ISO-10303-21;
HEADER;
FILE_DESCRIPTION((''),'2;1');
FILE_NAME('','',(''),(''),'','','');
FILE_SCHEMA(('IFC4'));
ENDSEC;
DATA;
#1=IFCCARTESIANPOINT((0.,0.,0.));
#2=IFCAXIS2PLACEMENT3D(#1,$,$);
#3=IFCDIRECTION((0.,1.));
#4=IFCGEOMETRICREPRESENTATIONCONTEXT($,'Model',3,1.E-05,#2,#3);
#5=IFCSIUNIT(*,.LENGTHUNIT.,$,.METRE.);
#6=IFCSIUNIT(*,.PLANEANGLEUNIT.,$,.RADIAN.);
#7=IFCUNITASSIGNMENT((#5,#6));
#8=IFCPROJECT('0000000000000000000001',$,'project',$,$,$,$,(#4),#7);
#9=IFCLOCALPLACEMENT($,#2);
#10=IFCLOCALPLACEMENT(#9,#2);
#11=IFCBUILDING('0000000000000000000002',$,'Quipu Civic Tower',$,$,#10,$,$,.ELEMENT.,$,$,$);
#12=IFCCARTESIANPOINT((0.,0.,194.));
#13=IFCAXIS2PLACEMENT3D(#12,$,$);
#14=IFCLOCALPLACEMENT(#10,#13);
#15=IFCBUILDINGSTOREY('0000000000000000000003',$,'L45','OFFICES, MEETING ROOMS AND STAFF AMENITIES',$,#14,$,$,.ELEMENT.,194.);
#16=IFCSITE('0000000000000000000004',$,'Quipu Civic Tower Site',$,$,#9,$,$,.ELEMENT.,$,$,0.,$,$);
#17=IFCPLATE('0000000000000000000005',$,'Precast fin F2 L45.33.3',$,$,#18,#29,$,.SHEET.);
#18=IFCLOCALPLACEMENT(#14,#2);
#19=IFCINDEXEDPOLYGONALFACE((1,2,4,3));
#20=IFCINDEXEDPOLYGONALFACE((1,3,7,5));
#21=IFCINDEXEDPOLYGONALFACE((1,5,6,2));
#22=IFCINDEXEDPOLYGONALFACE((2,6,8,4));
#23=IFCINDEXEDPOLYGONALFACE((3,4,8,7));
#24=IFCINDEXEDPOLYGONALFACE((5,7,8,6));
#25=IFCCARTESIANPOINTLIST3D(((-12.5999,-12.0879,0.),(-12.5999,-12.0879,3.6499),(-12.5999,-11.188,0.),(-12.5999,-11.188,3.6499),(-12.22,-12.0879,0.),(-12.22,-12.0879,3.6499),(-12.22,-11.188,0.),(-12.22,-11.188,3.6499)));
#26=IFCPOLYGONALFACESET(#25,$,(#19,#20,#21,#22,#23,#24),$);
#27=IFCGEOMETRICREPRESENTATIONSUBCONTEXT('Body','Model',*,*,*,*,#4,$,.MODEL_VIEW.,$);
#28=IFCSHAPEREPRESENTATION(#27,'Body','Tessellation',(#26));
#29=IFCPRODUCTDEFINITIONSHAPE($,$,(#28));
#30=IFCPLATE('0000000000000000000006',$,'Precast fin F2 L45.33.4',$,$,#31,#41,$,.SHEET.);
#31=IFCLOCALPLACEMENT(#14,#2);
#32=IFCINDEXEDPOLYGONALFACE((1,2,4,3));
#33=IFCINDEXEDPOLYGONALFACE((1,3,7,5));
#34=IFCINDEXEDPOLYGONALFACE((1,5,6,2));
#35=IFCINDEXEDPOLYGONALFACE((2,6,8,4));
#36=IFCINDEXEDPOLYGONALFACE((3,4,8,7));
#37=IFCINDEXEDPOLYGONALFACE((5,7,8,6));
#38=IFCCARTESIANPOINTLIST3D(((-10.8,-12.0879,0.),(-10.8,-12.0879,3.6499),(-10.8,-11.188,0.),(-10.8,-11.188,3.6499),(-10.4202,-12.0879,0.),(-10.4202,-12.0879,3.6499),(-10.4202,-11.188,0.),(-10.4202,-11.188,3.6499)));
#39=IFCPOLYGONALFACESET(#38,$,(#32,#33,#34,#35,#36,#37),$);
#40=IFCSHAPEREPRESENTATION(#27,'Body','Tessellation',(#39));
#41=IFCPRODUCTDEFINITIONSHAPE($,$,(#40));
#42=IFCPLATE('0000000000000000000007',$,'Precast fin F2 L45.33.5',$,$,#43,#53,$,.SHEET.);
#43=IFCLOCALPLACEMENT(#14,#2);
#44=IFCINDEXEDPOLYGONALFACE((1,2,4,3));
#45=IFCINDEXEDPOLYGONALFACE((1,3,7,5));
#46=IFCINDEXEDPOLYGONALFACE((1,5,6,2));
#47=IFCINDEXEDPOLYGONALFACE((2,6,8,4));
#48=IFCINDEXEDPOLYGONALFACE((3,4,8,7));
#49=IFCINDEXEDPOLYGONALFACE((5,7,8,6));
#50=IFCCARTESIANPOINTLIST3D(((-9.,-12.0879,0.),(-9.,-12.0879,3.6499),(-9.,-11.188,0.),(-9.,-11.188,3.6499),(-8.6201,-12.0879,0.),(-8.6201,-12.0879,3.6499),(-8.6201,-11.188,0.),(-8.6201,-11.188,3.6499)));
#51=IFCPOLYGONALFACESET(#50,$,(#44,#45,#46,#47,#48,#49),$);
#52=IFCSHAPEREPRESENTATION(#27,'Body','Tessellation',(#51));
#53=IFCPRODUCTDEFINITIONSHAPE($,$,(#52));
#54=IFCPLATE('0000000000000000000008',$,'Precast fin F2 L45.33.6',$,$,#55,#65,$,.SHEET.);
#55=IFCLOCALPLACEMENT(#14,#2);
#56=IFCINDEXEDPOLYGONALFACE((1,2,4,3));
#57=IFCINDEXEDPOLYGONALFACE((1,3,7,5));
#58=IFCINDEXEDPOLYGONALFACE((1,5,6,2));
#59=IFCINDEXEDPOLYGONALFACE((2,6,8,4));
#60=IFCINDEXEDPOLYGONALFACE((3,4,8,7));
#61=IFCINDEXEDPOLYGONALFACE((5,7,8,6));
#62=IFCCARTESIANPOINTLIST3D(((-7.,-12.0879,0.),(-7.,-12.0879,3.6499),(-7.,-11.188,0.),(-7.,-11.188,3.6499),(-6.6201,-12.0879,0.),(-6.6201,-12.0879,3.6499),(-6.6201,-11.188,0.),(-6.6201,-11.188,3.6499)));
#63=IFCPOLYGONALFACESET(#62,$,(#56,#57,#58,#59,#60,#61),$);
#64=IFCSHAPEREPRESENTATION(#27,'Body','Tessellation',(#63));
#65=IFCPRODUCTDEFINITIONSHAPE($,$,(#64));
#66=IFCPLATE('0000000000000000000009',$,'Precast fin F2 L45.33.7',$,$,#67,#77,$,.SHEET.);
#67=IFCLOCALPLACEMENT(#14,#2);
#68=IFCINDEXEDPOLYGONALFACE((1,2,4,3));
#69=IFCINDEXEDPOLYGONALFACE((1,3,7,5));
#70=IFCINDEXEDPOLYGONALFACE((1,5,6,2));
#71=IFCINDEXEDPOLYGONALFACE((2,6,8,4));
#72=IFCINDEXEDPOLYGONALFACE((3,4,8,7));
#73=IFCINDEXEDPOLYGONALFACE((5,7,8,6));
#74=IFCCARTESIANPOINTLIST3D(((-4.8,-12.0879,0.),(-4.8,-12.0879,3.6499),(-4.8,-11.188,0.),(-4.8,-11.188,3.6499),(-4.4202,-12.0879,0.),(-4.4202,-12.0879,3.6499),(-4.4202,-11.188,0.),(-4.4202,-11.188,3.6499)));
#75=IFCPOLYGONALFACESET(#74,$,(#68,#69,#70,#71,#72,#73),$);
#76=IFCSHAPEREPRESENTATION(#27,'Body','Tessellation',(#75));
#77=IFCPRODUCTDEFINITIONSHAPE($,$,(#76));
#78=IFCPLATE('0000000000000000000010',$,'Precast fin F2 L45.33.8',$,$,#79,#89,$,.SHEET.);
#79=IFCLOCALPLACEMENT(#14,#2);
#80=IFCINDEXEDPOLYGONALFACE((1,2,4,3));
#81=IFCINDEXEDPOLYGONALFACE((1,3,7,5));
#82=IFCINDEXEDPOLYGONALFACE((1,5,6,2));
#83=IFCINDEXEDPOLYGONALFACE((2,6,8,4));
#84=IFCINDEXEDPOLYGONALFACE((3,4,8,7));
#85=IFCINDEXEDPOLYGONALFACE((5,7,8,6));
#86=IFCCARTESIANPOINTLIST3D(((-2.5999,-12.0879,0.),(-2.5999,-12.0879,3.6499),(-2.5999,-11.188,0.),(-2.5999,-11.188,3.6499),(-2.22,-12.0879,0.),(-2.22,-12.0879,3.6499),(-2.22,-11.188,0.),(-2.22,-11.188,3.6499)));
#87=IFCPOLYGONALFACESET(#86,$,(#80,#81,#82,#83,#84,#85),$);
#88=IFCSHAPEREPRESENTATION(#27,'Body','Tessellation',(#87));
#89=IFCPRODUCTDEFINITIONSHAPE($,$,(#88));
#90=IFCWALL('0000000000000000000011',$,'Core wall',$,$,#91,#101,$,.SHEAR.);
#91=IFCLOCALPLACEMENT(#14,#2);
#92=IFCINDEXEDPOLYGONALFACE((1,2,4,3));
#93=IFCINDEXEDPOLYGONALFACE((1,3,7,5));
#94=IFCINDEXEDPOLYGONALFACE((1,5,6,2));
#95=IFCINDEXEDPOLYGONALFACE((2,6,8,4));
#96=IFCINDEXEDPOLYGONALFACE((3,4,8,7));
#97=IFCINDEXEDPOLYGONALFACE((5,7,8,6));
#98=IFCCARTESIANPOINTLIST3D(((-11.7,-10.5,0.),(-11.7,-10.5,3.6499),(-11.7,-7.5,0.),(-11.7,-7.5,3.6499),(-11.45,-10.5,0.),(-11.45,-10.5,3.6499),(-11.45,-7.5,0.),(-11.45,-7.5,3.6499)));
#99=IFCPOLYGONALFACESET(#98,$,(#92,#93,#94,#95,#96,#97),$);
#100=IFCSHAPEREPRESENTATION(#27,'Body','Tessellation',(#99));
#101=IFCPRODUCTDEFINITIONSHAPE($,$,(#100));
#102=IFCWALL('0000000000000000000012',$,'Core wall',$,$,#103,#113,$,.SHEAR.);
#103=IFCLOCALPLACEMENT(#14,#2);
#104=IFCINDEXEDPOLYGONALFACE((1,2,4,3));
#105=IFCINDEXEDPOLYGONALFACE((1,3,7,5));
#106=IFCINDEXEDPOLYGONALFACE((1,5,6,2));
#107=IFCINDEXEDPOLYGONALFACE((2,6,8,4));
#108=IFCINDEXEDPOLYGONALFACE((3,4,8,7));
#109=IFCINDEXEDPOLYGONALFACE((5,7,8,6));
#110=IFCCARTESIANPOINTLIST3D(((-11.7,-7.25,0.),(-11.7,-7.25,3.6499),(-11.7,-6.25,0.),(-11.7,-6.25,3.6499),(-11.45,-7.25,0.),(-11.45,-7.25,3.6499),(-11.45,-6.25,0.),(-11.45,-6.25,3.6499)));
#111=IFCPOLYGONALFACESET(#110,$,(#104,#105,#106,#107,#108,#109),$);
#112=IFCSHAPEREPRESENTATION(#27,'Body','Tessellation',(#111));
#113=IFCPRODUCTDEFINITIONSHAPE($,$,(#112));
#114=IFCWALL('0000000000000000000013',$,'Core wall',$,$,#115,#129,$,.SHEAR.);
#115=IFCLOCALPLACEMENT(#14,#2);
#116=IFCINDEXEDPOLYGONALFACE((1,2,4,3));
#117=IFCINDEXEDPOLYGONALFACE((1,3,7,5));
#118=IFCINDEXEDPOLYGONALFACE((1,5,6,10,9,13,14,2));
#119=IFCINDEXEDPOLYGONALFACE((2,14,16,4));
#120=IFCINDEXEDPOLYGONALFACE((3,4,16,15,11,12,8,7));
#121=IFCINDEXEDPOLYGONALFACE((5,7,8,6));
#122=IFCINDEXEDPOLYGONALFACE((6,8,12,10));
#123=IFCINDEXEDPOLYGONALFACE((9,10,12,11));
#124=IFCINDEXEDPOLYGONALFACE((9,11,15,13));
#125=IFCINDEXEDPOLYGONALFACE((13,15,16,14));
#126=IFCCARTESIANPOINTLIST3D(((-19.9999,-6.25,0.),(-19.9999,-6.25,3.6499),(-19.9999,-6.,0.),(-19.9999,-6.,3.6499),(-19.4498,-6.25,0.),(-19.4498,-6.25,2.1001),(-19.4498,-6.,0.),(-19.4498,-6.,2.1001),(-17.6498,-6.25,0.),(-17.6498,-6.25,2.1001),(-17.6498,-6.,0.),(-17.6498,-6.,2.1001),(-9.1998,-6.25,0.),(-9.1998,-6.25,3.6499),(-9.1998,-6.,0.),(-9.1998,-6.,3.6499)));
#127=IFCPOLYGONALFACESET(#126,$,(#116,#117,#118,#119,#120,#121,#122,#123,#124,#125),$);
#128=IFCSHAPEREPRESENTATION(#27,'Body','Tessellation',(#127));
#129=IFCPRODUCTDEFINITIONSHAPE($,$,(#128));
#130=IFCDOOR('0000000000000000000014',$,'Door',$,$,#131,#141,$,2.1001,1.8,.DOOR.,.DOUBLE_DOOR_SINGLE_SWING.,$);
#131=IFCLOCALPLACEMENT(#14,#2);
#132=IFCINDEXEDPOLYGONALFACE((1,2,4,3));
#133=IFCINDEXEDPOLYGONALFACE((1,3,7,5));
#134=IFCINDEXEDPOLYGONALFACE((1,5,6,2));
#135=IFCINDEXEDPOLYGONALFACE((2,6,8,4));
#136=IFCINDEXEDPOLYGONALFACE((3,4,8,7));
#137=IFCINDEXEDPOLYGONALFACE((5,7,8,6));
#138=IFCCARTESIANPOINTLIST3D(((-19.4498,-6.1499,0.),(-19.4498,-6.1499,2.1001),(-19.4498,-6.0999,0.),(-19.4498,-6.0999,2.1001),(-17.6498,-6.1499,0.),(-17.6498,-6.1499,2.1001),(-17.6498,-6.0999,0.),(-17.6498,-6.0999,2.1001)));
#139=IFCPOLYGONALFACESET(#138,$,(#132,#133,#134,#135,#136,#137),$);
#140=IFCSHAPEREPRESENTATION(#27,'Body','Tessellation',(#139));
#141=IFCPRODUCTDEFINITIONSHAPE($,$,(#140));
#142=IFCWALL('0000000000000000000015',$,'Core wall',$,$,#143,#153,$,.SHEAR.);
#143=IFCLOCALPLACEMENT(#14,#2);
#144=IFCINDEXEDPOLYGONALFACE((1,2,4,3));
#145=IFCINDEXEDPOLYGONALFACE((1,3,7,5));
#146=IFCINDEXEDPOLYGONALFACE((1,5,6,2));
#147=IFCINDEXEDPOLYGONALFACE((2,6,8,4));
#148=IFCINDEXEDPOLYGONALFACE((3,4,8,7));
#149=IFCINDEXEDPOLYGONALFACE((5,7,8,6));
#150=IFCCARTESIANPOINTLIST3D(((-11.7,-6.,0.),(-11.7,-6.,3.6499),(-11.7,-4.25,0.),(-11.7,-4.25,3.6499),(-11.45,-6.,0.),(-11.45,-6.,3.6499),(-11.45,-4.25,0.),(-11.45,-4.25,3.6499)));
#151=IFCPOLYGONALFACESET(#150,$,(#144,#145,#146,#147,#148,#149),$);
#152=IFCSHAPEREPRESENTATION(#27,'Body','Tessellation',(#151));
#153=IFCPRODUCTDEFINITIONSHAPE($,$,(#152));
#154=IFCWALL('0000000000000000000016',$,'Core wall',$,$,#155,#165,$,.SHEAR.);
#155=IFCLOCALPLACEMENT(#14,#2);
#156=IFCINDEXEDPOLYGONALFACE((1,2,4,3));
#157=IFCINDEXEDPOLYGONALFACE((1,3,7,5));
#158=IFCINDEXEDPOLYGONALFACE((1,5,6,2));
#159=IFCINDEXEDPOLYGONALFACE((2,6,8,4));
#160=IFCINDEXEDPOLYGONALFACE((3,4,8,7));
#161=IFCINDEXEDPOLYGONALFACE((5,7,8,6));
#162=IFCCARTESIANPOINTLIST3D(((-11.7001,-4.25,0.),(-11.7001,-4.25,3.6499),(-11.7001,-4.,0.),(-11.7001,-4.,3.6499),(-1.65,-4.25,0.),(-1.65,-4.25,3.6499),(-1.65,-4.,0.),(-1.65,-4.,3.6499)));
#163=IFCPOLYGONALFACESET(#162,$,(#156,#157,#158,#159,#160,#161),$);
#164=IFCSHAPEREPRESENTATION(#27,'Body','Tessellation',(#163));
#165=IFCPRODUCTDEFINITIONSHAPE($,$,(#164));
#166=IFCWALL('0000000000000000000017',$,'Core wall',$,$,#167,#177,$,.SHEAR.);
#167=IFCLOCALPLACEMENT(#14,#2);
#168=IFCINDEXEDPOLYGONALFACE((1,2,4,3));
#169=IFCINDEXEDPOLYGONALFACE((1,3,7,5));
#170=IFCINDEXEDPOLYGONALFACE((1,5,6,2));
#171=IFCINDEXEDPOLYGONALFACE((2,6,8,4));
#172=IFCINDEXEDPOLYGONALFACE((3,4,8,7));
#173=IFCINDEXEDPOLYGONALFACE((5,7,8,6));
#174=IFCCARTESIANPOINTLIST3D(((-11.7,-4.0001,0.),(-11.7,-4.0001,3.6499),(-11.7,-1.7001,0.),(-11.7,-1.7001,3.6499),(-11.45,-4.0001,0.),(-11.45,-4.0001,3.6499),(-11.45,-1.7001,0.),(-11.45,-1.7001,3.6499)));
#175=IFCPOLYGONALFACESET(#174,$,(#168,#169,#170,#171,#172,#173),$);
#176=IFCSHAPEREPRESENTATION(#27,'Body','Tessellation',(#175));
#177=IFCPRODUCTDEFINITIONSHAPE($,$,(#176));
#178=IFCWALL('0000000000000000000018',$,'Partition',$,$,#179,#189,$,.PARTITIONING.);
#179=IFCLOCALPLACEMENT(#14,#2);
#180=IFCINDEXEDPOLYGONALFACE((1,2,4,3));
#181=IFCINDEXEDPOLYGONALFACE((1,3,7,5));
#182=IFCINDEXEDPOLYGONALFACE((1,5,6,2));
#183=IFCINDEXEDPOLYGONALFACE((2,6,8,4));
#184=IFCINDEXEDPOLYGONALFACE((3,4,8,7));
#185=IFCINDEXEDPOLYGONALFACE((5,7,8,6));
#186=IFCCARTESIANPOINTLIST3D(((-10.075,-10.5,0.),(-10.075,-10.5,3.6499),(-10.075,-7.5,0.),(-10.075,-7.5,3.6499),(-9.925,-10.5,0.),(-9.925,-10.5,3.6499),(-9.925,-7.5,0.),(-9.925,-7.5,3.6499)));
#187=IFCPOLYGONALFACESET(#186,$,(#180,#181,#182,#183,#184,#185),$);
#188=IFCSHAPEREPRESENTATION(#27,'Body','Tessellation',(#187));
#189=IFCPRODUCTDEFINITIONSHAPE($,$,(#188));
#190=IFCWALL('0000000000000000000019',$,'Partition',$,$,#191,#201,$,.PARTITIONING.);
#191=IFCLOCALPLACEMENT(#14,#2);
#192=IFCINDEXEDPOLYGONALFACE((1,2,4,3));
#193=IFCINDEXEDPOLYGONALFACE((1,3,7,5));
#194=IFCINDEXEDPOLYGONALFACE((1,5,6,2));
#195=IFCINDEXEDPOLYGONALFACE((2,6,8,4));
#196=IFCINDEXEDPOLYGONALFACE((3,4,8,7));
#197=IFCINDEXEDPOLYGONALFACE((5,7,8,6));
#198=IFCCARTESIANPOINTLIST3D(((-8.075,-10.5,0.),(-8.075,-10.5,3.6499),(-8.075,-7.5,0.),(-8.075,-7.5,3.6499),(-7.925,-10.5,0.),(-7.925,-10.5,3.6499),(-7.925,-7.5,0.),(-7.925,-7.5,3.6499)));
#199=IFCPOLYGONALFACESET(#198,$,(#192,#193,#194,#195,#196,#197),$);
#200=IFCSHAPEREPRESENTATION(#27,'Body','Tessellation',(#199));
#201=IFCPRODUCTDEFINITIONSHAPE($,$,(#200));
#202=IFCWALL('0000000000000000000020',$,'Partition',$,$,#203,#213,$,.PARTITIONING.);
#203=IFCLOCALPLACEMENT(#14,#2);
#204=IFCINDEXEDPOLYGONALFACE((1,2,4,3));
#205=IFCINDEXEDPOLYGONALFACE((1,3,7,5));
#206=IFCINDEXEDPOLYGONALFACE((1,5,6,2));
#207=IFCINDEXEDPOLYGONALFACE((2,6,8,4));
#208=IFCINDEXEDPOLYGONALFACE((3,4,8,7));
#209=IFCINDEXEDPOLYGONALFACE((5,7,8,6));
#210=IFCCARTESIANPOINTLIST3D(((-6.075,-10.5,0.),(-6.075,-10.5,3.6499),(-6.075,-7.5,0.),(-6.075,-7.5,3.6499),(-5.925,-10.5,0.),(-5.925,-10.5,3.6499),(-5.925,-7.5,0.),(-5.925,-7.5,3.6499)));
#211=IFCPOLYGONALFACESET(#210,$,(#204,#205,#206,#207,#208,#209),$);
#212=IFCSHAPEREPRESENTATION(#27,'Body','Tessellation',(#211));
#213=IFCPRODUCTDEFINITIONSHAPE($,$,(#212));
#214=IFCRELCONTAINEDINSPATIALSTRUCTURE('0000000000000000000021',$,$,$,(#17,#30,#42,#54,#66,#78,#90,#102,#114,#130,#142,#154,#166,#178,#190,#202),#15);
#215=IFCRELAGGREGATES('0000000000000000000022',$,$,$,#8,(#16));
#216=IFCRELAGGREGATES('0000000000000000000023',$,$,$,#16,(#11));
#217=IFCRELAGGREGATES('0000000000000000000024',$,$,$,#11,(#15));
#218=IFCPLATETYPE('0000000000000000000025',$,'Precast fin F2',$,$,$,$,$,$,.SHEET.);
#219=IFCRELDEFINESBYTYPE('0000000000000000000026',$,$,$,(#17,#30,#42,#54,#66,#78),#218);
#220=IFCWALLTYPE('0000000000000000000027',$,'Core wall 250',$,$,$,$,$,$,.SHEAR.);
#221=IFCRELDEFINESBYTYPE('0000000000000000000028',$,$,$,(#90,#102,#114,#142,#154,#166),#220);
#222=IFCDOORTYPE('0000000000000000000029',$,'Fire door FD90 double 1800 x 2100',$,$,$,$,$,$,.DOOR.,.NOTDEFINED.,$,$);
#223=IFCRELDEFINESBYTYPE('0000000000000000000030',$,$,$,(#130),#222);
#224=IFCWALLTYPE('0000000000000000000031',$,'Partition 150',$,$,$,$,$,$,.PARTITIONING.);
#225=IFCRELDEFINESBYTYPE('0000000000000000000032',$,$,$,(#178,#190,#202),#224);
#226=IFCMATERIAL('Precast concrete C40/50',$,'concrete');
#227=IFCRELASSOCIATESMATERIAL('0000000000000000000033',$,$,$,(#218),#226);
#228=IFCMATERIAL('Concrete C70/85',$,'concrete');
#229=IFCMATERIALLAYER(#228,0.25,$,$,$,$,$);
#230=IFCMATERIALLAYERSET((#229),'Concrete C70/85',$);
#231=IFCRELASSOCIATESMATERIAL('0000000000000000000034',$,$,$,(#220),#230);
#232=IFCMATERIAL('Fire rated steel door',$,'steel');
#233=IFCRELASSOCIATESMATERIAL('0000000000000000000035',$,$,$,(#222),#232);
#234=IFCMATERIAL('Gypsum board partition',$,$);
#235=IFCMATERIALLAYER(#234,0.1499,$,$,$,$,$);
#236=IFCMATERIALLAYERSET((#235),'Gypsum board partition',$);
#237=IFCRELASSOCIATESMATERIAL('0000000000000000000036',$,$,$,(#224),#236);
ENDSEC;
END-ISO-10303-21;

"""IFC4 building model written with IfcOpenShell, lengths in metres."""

from ifc_helpers import new_model, si_unit, direction, frame, frame_2d, origin, origin_2d, place, context, subcontext, project, spatial, rectangle, extrude, material, layer, layer_set, type_object, element, fill, save


model = new_model("IFC4")

# Units and contexts
model_context = context("Model", 3, precision=1e-05, world=origin(), true_north=direction((0.0, 1.0)))
body_context = subcontext(model_context, "Body", "Model", "MODEL_VIEW")
ifc_project = project(units=[si_unit("LENGTHUNIT", "METRE"), si_unit("PLANEANGLEUNIT", "RADIAN")], contexts=[model_context])

# Site, building, storey
site_placement = place(None, origin())
site = spatial("IfcSite", under=ifc_project, at=site_placement, Name="Quipu Civic Tower Site", CompositionType="ELEMENT", RefElevation=0.0)
building_placement = place(site_placement, origin())
building = spatial("IfcBuilding", under=site, at=building_placement, Name="Quipu Civic Tower", CompositionType="ELEMENT")
storey_placement = place(building_placement, frame((0.0, 0.0, 194.0)))
storey = spatial("IfcBuildingStorey", under=building, at=storey_placement, Name="L45", Description="OFFICES, MEETING ROOMS AND STAFF AMENITIES", CompositionType="ELEMENT", Elevation=194.0)

# Plates
ifc_material_1 = material(Name="Precast concrete C40/50", Category="concrete")
plate_type = type_object("IfcPlateType", Name="Precast fin F2", PredefinedType="SHEET", material=ifc_material_1)
for number, where, z_axis, x_axis, name in (
    (1, (-12.4099, -11.6379, 0.0), (0.0, 0.0, 1.0), (1.0, 0.0, 0.0), "Precast fin F2 L45.33.3"),
    (2, (-10.6101, -11.6379, 0.0), (0.0, 0.0, 1.0), (1.0, 0.0, 0.0), "Precast fin F2 L45.33.4"),
    (3, (-8.8101, -11.6379, 0.0), (0.0, 0.0, 1.0), (1.0, 0.0, 0.0), "Precast fin F2 L45.33.5"),
    (4, (-6.8101, -11.6379, 0.0), (0.0, 0.0, 1.0), (1.0, 0.0, 0.0), "Precast fin F2 L45.33.6"),
    (5, (-4.6101, -11.6379, 0.0), (0.0, 0.0, 1.0), (1.0, 0.0, 0.0), "Precast fin F2 L45.33.7"),
    (6, (-2.4099, -11.6379, 0.0), (0.0, 0.0, 1.0), (1.0, 0.0, 0.0), "Precast fin F2 L45.33.8"),
):
    element("IfcPlate", number, at=place(storey_placement, frame(where, z_axis=z_axis, x_axis=x_axis)), inside=storey, type_object=plate_type, Name=name, PredefinedType="SHEET", context=body_context, shape_type="SweptSolid", body=[
        extrude(rectangle(XDim=0.3799, YDim=0.8999, at=origin_2d()), origin(), (0.0, 0.0, 1.0), 3.6499),
    ])

# Walls
ifc_material_2 = material(Name="Concrete C70/85", Category="concrete")
ifc_layer_1 = layer(ifc_material_2, 0.25)
ifc_layer_set_1 = layer_set([ifc_layer_1], Name="Concrete C70/85")
wall_type_1 = type_object("IfcWallType", Name="Core wall 250", PredefinedType="SHEAR", material=ifc_layer_set_1)
wall_1_placement = place(storey_placement, frame((-11.575, -10.5, 0.0), z_axis=(0.0, 0.0, 1.0), x_axis=(0.0, 1.0, 0.0)))
element("IfcWall", 7, at=wall_1_placement, inside=storey, type_object=wall_type_1, Name="Core wall", PredefinedType="SHEAR", context=body_context, shape_type="SweptSolid", body=[
    extrude(rectangle(XDim=3.0, YDim=0.25, at=frame_2d((1.5, 0.0))), origin(), (0.0, 0.0, 1.0), 3.6499),
])
wall_2_placement = place(storey_placement, frame((-11.575, -7.25, 0.0), z_axis=(0.0, 0.0, 1.0), x_axis=(0.0, 1.0, 0.0)))
element("IfcWall", 8, at=wall_2_placement, inside=storey, type_object=wall_type_1, Name="Core wall", PredefinedType="SHEAR", context=body_context, shape_type="SweptSolid", body=[
    extrude(rectangle(XDim=1.0, YDim=0.25, at=frame_2d((0.5, 0.0))), origin(), (0.0, 0.0, 1.0), 3.6499),
])

# Wall, opening, door
wall_3_placement = place(storey_placement, frame((-9.2, -6.125, 0.0), z_axis=(0.0, 0.0, 1.0), x_axis=(-1.0, 0.0, 0.0)))
wall_3 = element("IfcWall", 9, at=wall_3_placement, inside=storey, type_object=wall_type_1, Name="Core wall", PredefinedType="SHEAR", context=body_context, shape_type="SweptSolid", body=[
    extrude(rectangle(XDim=10.8, YDim=0.25, at=frame_2d((5.3999, 0.0))), origin(), (0.0, 0.0, 1.0), 3.6499),
])
opening_1_placement = place(wall_3_placement, frame((8.45, 0.0, 0.0)))
opening_1 = element("IfcOpeningElement", 10, at=opening_1_placement, cuts=wall_3, PredefinedType="OPENING", context=body_context, shape_type="SweptSolid", body=[
    extrude(rectangle(XDim=1.8, YDim=2.1001, at=frame_2d((0.8999, 1.05))), frame((0.0, 0.135, 0.0), z_axis=(0.0, -1.0, 0.0), x_axis=(1.0, 0.0, 0.0)), (0.0, 0.0, 1.0), 0.27),
])
ifc_material_3 = material(Name="Fire rated steel door", Category="steel")
door_type_1 = type_object("IfcDoorType", Name="Fire door FD90 double 1800 x 2100", OperationType="NOTDEFINED", PredefinedType="DOOR", material=ifc_material_3)
door_1_placement = place(opening_1_placement, origin())
door_1 = element("IfcDoor", 11, at=door_1_placement, inside=storey, type_object=door_type_1, Name="Door", OperationType="DOUBLE_DOOR_SINGLE_SWING", OverallHeight=2.1001, OverallWidth=1.8, PredefinedType="DOOR", context=body_context, shape_type="SweptSolid", body=[
    extrude(rectangle(XDim=1.8, YDim=2.1001, at=frame_2d((0.8999, 1.05))), frame((0.0, 0.0249, 0.0), z_axis=(0.0, -1.0, 0.0), x_axis=(1.0, 0.0, 0.0)), (0.0, 0.0, 1.0), 0.05),
])
fill(opening_1, door_1)

# Walls
wall_4_placement = place(storey_placement, frame((-11.575, -6.0, 0.0), z_axis=(0.0, 0.0, 1.0), x_axis=(0.0, 1.0, 0.0)))
element("IfcWall", 12, at=wall_4_placement, inside=storey, type_object=wall_type_1, Name="Core wall", PredefinedType="SHEAR", context=body_context, shape_type="SweptSolid", body=[
    extrude(rectangle(XDim=1.75, YDim=0.25, at=frame_2d((0.875, 0.0))), origin(), (0.0, 0.0, 1.0), 3.6499),
])
wall_5_placement = place(storey_placement, frame((-11.7, -4.125, 0.0), z_axis=(0.0, 0.0, 1.0), x_axis=(1.0, 0.0, 0.0)))
element("IfcWall", 13, at=wall_5_placement, inside=storey, type_object=wall_type_1, Name="Core wall", PredefinedType="SHEAR", context=body_context, shape_type="SweptSolid", body=[
    extrude(rectangle(XDim=10.05, YDim=0.25, at=frame_2d((5.0249, 0.0))), origin(), (0.0, 0.0, 1.0), 3.6499),
])
wall_6_placement = place(storey_placement, frame((-11.575, -4.0, 0.0), z_axis=(0.0, 0.0, 1.0), x_axis=(0.0, 1.0, 0.0)))
element("IfcWall", 14, at=wall_6_placement, inside=storey, type_object=wall_type_1, Name="Core wall", PredefinedType="SHEAR", context=body_context, shape_type="SweptSolid", body=[
    extrude(rectangle(XDim=2.3, YDim=0.25, at=frame_2d((1.1499, 0.0))), origin(), (0.0, 0.0, 1.0), 3.6499),
])
ifc_material_4 = material(Name="Gypsum board partition")
ifc_layer_2 = layer(ifc_material_4, 0.1499)
ifc_layer_set_2 = layer_set([ifc_layer_2], Name="Gypsum board partition")
wall_type_2 = type_object("IfcWallType", Name="Partition 150", PredefinedType="PARTITIONING", material=ifc_layer_set_2)
for number, where, z_axis, x_axis, name in (
    (15, (-10.0, -10.5, 0.0), (0.0, 0.0, 1.0), (0.0, 1.0, 0.0), "Partition"),
    (16, (-8.0, -10.5, 0.0), (0.0, 0.0, 1.0), (0.0, 1.0, 0.0), "Partition"),
    (17, (-6.0, -10.5, 0.0), (0.0, 0.0, 1.0), (0.0, 1.0, 0.0), "Partition"),
):
    element("IfcWall", number, at=place(storey_placement, frame(where, z_axis=z_axis, x_axis=x_axis)), inside=storey, type_object=wall_type_2, Name=name, PredefinedType="PARTITIONING", context=body_context, shape_type="SweptSolid", body=[
        extrude(rectangle(XDim=3.0, YDim=0.1499, at=frame_2d((1.5, 0.0))), origin(), (0.0, 0.0, 1.0), 3.6499),
    ])

save(model, "model.ifc")
